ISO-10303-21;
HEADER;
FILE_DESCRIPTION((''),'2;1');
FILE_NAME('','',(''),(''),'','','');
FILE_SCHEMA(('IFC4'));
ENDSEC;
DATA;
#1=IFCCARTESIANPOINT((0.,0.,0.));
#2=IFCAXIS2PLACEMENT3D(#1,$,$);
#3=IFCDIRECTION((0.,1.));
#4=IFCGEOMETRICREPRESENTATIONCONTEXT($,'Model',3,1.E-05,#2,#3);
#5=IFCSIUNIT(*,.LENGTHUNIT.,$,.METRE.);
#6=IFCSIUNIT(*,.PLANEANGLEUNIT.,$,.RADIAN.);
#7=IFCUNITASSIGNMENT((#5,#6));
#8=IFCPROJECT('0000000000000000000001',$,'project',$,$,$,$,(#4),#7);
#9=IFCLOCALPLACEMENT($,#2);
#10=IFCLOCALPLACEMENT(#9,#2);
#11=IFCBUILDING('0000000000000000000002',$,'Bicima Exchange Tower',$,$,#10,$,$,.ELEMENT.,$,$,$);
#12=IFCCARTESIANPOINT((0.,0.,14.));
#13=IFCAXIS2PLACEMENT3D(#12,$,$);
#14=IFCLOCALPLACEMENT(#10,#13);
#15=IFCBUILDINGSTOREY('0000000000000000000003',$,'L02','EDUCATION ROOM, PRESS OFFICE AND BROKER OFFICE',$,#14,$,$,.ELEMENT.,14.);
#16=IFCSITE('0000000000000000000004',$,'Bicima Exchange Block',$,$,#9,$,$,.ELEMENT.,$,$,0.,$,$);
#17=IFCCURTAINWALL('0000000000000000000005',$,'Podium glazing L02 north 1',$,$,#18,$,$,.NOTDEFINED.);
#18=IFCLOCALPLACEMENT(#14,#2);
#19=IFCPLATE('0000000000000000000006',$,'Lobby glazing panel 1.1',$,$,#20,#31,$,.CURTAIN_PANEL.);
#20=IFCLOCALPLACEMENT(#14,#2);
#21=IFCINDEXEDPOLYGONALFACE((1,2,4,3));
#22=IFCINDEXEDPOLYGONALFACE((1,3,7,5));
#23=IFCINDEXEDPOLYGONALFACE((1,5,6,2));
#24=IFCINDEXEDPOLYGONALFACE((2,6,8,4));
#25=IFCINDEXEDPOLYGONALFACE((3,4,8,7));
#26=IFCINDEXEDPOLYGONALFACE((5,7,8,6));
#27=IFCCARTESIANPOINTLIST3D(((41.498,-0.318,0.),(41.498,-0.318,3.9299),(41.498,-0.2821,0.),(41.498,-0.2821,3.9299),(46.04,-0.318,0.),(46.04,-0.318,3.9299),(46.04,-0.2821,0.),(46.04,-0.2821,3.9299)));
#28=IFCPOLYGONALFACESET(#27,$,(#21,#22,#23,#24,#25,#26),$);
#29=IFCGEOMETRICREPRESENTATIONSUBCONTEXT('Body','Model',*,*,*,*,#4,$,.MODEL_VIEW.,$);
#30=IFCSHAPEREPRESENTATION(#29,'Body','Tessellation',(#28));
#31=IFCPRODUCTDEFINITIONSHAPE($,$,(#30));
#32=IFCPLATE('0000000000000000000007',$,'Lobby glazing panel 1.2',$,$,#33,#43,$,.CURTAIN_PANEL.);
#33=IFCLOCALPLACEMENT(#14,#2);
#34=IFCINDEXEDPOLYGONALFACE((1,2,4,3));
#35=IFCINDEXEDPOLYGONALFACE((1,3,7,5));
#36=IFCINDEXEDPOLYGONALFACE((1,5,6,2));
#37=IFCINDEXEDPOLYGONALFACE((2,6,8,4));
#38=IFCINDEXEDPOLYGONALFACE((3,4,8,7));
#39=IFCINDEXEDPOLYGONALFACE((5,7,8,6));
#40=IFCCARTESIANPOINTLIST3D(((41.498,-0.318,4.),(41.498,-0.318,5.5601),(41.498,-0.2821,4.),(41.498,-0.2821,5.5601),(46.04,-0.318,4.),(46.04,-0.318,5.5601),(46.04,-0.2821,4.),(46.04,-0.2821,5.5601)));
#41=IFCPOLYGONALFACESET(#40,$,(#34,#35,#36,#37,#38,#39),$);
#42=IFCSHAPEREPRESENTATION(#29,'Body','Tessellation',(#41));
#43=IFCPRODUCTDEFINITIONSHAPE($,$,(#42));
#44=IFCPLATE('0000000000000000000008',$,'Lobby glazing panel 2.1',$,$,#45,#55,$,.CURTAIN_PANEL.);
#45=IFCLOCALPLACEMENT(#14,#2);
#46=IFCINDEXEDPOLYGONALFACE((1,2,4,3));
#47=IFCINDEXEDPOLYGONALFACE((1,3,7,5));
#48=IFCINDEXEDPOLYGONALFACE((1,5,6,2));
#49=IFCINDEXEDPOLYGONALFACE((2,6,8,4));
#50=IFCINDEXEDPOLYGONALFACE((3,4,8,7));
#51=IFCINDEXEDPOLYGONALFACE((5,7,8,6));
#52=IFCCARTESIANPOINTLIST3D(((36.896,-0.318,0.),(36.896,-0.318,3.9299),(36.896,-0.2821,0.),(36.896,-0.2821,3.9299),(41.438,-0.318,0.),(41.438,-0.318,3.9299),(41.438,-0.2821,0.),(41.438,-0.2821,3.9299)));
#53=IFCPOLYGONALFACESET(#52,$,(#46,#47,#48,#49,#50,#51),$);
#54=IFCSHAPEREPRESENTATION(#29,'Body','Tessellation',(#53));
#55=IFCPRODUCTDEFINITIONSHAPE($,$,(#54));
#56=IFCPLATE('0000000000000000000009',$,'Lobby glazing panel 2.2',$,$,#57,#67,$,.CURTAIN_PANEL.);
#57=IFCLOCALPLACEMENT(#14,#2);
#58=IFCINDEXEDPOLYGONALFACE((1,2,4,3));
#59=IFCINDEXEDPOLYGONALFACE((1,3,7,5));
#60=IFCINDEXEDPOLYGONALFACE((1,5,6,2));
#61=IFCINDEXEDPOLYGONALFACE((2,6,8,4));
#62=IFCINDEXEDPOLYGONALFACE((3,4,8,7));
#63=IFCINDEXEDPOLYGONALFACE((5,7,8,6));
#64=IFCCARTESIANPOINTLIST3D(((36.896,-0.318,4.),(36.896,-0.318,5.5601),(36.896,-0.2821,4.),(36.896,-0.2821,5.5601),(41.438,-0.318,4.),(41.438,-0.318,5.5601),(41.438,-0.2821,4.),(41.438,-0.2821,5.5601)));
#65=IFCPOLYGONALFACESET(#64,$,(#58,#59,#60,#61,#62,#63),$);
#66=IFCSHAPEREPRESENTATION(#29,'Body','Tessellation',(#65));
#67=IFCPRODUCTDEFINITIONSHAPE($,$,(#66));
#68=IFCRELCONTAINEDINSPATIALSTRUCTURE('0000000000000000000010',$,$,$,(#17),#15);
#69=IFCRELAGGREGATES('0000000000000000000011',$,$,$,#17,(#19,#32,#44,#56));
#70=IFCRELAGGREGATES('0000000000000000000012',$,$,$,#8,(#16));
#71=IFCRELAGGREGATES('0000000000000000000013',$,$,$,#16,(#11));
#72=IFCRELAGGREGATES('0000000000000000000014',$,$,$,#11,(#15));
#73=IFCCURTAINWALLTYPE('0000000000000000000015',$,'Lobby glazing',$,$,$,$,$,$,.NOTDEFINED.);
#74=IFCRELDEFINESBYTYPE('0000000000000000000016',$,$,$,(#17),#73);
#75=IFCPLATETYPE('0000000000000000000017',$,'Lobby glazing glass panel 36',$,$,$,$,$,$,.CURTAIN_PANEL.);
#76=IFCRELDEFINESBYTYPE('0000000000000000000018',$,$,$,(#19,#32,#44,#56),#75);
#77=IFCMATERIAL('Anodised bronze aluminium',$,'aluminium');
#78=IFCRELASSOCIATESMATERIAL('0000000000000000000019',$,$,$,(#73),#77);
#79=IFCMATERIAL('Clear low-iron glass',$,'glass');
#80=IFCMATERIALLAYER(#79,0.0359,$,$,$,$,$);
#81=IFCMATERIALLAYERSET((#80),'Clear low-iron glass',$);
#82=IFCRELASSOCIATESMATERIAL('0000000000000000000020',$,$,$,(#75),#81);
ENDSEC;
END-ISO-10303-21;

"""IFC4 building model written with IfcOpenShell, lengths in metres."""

from ifc_helpers import new_model, si_unit, direction, frame, origin, origin_2d, place, context, subcontext, project, spatial, rectangle, extrude, material, layer, layer_set, type_object, element, aggregate, save


model = new_model("IFC4")

# Units and contexts
model_context = context("Model", 3, precision=1e-05, world=origin(), true_north=direction((0.0, 1.0)))
body_context = subcontext(model_context, "Body", "Model", "MODEL_VIEW")
ifc_project = project(units=[si_unit("LENGTHUNIT", "METRE"), si_unit("PLANEANGLEUNIT", "RADIAN")], contexts=[model_context])

# Site, building, storey
site_placement = place(None, origin())
site = spatial("IfcSite", under=ifc_project, at=site_placement, Name="Bicima Exchange Block", CompositionType="ELEMENT", RefElevation=0.0)
building_placement = place(site_placement, origin())
building = spatial("IfcBuilding", under=site, at=building_placement, Name="Bicima Exchange Tower", CompositionType="ELEMENT")
storey_placement = place(building_placement, frame((0.0, 0.0, 14.0)))
storey = spatial("IfcBuildingStorey", under=building, at=storey_placement, Name="L02", Description="EDUCATION ROOM, PRESS OFFICE AND BROKER OFFICE", CompositionType="ELEMENT", Elevation=14.0)

# Curtain wall
ifc_material_1 = material(Name="Anodised bronze aluminium", Category="aluminium")
curtain_wall_type = type_object("IfcCurtainWallType", Name="Lobby glazing", PredefinedType="NOTDEFINED", material=ifc_material_1)
curtain_wall_1_placement = place(storey_placement, origin())
curtain_wall_1 = element("IfcCurtainWall", 1, at=curtain_wall_1_placement, inside=storey, type_object=curtain_wall_type, Name="Podium glazing L02 north 1", PredefinedType="NOTDEFINED")

# Plates
ifc_material_2 = material(Name="Clear low-iron glass", Category="glass")
ifc_layer = layer(ifc_material_2, 0.0359)
ifc_layer_set = layer_set([ifc_layer], Name="Clear low-iron glass")
plate_type = type_object("IfcPlateType", Name="Lobby glazing glass panel 36", PredefinedType="CURTAIN_PANEL", material=ifc_layer_set)
plate_1_placement = place(storey_placement, frame((43.769, -0.3, 0.0), z_axis=(0.0, 0.0, 1.0), x_axis=(-1.0, 0.0, 0.0)))
plate_1 = element("IfcPlate", 2, at=plate_1_placement, type_object=plate_type, Name="Lobby glazing panel 1.1", PredefinedType="CURTAIN_PANEL", context=body_context, shape_type="SweptSolid", body=[
    extrude(rectangle(XDim=4.542, YDim=0.0359, at=origin_2d()), origin(), (0.0, 0.0, 1.0), 3.9299),
])
plate_2_placement = place(storey_placement, frame((43.769, -0.3, 4.0), z_axis=(0.0, 0.0, 1.0), x_axis=(-1.0, 0.0, 0.0)))
plate_2 = element("IfcPlate", 3, at=plate_2_placement, type_object=plate_type, Name="Lobby glazing panel 1.2", PredefinedType="CURTAIN_PANEL", context=body_context, shape_type="SweptSolid", body=[
    extrude(rectangle(XDim=4.542, YDim=0.0359, at=origin_2d()), origin(), (0.0, 0.0, 1.0), 1.5601),
])
plate_3_placement = place(storey_placement, frame((39.167, -0.3, 0.0), z_axis=(0.0, 0.0, 1.0), x_axis=(-1.0, 0.0, 0.0)))
plate_3 = element("IfcPlate", 4, at=plate_3_placement, type_object=plate_type, Name="Lobby glazing panel 2.1", PredefinedType="CURTAIN_PANEL", context=body_context, shape_type="SweptSolid", body=[
    extrude(rectangle(XDim=4.542, YDim=0.0359, at=origin_2d()), origin(), (0.0, 0.0, 1.0), 3.9299),
])
plate_4_placement = place(storey_placement, frame((39.167, -0.3, 4.0), z_axis=(0.0, 0.0, 1.0), x_axis=(-1.0, 0.0, 0.0)))
plate_4 = element("IfcPlate", 5, at=plate_4_placement, type_object=plate_type, Name="Lobby glazing panel 2.2", PredefinedType="CURTAIN_PANEL", context=body_context, shape_type="SweptSolid", body=[
    extrude(rectangle(XDim=4.542, YDim=0.0359, at=origin_2d()), origin(), (0.0, 0.0, 1.0), 1.5601),
])
aggregate(curtain_wall_1, [plate_1, plate_2, plate_3, plate_4])

save(model, "model.ifc")
